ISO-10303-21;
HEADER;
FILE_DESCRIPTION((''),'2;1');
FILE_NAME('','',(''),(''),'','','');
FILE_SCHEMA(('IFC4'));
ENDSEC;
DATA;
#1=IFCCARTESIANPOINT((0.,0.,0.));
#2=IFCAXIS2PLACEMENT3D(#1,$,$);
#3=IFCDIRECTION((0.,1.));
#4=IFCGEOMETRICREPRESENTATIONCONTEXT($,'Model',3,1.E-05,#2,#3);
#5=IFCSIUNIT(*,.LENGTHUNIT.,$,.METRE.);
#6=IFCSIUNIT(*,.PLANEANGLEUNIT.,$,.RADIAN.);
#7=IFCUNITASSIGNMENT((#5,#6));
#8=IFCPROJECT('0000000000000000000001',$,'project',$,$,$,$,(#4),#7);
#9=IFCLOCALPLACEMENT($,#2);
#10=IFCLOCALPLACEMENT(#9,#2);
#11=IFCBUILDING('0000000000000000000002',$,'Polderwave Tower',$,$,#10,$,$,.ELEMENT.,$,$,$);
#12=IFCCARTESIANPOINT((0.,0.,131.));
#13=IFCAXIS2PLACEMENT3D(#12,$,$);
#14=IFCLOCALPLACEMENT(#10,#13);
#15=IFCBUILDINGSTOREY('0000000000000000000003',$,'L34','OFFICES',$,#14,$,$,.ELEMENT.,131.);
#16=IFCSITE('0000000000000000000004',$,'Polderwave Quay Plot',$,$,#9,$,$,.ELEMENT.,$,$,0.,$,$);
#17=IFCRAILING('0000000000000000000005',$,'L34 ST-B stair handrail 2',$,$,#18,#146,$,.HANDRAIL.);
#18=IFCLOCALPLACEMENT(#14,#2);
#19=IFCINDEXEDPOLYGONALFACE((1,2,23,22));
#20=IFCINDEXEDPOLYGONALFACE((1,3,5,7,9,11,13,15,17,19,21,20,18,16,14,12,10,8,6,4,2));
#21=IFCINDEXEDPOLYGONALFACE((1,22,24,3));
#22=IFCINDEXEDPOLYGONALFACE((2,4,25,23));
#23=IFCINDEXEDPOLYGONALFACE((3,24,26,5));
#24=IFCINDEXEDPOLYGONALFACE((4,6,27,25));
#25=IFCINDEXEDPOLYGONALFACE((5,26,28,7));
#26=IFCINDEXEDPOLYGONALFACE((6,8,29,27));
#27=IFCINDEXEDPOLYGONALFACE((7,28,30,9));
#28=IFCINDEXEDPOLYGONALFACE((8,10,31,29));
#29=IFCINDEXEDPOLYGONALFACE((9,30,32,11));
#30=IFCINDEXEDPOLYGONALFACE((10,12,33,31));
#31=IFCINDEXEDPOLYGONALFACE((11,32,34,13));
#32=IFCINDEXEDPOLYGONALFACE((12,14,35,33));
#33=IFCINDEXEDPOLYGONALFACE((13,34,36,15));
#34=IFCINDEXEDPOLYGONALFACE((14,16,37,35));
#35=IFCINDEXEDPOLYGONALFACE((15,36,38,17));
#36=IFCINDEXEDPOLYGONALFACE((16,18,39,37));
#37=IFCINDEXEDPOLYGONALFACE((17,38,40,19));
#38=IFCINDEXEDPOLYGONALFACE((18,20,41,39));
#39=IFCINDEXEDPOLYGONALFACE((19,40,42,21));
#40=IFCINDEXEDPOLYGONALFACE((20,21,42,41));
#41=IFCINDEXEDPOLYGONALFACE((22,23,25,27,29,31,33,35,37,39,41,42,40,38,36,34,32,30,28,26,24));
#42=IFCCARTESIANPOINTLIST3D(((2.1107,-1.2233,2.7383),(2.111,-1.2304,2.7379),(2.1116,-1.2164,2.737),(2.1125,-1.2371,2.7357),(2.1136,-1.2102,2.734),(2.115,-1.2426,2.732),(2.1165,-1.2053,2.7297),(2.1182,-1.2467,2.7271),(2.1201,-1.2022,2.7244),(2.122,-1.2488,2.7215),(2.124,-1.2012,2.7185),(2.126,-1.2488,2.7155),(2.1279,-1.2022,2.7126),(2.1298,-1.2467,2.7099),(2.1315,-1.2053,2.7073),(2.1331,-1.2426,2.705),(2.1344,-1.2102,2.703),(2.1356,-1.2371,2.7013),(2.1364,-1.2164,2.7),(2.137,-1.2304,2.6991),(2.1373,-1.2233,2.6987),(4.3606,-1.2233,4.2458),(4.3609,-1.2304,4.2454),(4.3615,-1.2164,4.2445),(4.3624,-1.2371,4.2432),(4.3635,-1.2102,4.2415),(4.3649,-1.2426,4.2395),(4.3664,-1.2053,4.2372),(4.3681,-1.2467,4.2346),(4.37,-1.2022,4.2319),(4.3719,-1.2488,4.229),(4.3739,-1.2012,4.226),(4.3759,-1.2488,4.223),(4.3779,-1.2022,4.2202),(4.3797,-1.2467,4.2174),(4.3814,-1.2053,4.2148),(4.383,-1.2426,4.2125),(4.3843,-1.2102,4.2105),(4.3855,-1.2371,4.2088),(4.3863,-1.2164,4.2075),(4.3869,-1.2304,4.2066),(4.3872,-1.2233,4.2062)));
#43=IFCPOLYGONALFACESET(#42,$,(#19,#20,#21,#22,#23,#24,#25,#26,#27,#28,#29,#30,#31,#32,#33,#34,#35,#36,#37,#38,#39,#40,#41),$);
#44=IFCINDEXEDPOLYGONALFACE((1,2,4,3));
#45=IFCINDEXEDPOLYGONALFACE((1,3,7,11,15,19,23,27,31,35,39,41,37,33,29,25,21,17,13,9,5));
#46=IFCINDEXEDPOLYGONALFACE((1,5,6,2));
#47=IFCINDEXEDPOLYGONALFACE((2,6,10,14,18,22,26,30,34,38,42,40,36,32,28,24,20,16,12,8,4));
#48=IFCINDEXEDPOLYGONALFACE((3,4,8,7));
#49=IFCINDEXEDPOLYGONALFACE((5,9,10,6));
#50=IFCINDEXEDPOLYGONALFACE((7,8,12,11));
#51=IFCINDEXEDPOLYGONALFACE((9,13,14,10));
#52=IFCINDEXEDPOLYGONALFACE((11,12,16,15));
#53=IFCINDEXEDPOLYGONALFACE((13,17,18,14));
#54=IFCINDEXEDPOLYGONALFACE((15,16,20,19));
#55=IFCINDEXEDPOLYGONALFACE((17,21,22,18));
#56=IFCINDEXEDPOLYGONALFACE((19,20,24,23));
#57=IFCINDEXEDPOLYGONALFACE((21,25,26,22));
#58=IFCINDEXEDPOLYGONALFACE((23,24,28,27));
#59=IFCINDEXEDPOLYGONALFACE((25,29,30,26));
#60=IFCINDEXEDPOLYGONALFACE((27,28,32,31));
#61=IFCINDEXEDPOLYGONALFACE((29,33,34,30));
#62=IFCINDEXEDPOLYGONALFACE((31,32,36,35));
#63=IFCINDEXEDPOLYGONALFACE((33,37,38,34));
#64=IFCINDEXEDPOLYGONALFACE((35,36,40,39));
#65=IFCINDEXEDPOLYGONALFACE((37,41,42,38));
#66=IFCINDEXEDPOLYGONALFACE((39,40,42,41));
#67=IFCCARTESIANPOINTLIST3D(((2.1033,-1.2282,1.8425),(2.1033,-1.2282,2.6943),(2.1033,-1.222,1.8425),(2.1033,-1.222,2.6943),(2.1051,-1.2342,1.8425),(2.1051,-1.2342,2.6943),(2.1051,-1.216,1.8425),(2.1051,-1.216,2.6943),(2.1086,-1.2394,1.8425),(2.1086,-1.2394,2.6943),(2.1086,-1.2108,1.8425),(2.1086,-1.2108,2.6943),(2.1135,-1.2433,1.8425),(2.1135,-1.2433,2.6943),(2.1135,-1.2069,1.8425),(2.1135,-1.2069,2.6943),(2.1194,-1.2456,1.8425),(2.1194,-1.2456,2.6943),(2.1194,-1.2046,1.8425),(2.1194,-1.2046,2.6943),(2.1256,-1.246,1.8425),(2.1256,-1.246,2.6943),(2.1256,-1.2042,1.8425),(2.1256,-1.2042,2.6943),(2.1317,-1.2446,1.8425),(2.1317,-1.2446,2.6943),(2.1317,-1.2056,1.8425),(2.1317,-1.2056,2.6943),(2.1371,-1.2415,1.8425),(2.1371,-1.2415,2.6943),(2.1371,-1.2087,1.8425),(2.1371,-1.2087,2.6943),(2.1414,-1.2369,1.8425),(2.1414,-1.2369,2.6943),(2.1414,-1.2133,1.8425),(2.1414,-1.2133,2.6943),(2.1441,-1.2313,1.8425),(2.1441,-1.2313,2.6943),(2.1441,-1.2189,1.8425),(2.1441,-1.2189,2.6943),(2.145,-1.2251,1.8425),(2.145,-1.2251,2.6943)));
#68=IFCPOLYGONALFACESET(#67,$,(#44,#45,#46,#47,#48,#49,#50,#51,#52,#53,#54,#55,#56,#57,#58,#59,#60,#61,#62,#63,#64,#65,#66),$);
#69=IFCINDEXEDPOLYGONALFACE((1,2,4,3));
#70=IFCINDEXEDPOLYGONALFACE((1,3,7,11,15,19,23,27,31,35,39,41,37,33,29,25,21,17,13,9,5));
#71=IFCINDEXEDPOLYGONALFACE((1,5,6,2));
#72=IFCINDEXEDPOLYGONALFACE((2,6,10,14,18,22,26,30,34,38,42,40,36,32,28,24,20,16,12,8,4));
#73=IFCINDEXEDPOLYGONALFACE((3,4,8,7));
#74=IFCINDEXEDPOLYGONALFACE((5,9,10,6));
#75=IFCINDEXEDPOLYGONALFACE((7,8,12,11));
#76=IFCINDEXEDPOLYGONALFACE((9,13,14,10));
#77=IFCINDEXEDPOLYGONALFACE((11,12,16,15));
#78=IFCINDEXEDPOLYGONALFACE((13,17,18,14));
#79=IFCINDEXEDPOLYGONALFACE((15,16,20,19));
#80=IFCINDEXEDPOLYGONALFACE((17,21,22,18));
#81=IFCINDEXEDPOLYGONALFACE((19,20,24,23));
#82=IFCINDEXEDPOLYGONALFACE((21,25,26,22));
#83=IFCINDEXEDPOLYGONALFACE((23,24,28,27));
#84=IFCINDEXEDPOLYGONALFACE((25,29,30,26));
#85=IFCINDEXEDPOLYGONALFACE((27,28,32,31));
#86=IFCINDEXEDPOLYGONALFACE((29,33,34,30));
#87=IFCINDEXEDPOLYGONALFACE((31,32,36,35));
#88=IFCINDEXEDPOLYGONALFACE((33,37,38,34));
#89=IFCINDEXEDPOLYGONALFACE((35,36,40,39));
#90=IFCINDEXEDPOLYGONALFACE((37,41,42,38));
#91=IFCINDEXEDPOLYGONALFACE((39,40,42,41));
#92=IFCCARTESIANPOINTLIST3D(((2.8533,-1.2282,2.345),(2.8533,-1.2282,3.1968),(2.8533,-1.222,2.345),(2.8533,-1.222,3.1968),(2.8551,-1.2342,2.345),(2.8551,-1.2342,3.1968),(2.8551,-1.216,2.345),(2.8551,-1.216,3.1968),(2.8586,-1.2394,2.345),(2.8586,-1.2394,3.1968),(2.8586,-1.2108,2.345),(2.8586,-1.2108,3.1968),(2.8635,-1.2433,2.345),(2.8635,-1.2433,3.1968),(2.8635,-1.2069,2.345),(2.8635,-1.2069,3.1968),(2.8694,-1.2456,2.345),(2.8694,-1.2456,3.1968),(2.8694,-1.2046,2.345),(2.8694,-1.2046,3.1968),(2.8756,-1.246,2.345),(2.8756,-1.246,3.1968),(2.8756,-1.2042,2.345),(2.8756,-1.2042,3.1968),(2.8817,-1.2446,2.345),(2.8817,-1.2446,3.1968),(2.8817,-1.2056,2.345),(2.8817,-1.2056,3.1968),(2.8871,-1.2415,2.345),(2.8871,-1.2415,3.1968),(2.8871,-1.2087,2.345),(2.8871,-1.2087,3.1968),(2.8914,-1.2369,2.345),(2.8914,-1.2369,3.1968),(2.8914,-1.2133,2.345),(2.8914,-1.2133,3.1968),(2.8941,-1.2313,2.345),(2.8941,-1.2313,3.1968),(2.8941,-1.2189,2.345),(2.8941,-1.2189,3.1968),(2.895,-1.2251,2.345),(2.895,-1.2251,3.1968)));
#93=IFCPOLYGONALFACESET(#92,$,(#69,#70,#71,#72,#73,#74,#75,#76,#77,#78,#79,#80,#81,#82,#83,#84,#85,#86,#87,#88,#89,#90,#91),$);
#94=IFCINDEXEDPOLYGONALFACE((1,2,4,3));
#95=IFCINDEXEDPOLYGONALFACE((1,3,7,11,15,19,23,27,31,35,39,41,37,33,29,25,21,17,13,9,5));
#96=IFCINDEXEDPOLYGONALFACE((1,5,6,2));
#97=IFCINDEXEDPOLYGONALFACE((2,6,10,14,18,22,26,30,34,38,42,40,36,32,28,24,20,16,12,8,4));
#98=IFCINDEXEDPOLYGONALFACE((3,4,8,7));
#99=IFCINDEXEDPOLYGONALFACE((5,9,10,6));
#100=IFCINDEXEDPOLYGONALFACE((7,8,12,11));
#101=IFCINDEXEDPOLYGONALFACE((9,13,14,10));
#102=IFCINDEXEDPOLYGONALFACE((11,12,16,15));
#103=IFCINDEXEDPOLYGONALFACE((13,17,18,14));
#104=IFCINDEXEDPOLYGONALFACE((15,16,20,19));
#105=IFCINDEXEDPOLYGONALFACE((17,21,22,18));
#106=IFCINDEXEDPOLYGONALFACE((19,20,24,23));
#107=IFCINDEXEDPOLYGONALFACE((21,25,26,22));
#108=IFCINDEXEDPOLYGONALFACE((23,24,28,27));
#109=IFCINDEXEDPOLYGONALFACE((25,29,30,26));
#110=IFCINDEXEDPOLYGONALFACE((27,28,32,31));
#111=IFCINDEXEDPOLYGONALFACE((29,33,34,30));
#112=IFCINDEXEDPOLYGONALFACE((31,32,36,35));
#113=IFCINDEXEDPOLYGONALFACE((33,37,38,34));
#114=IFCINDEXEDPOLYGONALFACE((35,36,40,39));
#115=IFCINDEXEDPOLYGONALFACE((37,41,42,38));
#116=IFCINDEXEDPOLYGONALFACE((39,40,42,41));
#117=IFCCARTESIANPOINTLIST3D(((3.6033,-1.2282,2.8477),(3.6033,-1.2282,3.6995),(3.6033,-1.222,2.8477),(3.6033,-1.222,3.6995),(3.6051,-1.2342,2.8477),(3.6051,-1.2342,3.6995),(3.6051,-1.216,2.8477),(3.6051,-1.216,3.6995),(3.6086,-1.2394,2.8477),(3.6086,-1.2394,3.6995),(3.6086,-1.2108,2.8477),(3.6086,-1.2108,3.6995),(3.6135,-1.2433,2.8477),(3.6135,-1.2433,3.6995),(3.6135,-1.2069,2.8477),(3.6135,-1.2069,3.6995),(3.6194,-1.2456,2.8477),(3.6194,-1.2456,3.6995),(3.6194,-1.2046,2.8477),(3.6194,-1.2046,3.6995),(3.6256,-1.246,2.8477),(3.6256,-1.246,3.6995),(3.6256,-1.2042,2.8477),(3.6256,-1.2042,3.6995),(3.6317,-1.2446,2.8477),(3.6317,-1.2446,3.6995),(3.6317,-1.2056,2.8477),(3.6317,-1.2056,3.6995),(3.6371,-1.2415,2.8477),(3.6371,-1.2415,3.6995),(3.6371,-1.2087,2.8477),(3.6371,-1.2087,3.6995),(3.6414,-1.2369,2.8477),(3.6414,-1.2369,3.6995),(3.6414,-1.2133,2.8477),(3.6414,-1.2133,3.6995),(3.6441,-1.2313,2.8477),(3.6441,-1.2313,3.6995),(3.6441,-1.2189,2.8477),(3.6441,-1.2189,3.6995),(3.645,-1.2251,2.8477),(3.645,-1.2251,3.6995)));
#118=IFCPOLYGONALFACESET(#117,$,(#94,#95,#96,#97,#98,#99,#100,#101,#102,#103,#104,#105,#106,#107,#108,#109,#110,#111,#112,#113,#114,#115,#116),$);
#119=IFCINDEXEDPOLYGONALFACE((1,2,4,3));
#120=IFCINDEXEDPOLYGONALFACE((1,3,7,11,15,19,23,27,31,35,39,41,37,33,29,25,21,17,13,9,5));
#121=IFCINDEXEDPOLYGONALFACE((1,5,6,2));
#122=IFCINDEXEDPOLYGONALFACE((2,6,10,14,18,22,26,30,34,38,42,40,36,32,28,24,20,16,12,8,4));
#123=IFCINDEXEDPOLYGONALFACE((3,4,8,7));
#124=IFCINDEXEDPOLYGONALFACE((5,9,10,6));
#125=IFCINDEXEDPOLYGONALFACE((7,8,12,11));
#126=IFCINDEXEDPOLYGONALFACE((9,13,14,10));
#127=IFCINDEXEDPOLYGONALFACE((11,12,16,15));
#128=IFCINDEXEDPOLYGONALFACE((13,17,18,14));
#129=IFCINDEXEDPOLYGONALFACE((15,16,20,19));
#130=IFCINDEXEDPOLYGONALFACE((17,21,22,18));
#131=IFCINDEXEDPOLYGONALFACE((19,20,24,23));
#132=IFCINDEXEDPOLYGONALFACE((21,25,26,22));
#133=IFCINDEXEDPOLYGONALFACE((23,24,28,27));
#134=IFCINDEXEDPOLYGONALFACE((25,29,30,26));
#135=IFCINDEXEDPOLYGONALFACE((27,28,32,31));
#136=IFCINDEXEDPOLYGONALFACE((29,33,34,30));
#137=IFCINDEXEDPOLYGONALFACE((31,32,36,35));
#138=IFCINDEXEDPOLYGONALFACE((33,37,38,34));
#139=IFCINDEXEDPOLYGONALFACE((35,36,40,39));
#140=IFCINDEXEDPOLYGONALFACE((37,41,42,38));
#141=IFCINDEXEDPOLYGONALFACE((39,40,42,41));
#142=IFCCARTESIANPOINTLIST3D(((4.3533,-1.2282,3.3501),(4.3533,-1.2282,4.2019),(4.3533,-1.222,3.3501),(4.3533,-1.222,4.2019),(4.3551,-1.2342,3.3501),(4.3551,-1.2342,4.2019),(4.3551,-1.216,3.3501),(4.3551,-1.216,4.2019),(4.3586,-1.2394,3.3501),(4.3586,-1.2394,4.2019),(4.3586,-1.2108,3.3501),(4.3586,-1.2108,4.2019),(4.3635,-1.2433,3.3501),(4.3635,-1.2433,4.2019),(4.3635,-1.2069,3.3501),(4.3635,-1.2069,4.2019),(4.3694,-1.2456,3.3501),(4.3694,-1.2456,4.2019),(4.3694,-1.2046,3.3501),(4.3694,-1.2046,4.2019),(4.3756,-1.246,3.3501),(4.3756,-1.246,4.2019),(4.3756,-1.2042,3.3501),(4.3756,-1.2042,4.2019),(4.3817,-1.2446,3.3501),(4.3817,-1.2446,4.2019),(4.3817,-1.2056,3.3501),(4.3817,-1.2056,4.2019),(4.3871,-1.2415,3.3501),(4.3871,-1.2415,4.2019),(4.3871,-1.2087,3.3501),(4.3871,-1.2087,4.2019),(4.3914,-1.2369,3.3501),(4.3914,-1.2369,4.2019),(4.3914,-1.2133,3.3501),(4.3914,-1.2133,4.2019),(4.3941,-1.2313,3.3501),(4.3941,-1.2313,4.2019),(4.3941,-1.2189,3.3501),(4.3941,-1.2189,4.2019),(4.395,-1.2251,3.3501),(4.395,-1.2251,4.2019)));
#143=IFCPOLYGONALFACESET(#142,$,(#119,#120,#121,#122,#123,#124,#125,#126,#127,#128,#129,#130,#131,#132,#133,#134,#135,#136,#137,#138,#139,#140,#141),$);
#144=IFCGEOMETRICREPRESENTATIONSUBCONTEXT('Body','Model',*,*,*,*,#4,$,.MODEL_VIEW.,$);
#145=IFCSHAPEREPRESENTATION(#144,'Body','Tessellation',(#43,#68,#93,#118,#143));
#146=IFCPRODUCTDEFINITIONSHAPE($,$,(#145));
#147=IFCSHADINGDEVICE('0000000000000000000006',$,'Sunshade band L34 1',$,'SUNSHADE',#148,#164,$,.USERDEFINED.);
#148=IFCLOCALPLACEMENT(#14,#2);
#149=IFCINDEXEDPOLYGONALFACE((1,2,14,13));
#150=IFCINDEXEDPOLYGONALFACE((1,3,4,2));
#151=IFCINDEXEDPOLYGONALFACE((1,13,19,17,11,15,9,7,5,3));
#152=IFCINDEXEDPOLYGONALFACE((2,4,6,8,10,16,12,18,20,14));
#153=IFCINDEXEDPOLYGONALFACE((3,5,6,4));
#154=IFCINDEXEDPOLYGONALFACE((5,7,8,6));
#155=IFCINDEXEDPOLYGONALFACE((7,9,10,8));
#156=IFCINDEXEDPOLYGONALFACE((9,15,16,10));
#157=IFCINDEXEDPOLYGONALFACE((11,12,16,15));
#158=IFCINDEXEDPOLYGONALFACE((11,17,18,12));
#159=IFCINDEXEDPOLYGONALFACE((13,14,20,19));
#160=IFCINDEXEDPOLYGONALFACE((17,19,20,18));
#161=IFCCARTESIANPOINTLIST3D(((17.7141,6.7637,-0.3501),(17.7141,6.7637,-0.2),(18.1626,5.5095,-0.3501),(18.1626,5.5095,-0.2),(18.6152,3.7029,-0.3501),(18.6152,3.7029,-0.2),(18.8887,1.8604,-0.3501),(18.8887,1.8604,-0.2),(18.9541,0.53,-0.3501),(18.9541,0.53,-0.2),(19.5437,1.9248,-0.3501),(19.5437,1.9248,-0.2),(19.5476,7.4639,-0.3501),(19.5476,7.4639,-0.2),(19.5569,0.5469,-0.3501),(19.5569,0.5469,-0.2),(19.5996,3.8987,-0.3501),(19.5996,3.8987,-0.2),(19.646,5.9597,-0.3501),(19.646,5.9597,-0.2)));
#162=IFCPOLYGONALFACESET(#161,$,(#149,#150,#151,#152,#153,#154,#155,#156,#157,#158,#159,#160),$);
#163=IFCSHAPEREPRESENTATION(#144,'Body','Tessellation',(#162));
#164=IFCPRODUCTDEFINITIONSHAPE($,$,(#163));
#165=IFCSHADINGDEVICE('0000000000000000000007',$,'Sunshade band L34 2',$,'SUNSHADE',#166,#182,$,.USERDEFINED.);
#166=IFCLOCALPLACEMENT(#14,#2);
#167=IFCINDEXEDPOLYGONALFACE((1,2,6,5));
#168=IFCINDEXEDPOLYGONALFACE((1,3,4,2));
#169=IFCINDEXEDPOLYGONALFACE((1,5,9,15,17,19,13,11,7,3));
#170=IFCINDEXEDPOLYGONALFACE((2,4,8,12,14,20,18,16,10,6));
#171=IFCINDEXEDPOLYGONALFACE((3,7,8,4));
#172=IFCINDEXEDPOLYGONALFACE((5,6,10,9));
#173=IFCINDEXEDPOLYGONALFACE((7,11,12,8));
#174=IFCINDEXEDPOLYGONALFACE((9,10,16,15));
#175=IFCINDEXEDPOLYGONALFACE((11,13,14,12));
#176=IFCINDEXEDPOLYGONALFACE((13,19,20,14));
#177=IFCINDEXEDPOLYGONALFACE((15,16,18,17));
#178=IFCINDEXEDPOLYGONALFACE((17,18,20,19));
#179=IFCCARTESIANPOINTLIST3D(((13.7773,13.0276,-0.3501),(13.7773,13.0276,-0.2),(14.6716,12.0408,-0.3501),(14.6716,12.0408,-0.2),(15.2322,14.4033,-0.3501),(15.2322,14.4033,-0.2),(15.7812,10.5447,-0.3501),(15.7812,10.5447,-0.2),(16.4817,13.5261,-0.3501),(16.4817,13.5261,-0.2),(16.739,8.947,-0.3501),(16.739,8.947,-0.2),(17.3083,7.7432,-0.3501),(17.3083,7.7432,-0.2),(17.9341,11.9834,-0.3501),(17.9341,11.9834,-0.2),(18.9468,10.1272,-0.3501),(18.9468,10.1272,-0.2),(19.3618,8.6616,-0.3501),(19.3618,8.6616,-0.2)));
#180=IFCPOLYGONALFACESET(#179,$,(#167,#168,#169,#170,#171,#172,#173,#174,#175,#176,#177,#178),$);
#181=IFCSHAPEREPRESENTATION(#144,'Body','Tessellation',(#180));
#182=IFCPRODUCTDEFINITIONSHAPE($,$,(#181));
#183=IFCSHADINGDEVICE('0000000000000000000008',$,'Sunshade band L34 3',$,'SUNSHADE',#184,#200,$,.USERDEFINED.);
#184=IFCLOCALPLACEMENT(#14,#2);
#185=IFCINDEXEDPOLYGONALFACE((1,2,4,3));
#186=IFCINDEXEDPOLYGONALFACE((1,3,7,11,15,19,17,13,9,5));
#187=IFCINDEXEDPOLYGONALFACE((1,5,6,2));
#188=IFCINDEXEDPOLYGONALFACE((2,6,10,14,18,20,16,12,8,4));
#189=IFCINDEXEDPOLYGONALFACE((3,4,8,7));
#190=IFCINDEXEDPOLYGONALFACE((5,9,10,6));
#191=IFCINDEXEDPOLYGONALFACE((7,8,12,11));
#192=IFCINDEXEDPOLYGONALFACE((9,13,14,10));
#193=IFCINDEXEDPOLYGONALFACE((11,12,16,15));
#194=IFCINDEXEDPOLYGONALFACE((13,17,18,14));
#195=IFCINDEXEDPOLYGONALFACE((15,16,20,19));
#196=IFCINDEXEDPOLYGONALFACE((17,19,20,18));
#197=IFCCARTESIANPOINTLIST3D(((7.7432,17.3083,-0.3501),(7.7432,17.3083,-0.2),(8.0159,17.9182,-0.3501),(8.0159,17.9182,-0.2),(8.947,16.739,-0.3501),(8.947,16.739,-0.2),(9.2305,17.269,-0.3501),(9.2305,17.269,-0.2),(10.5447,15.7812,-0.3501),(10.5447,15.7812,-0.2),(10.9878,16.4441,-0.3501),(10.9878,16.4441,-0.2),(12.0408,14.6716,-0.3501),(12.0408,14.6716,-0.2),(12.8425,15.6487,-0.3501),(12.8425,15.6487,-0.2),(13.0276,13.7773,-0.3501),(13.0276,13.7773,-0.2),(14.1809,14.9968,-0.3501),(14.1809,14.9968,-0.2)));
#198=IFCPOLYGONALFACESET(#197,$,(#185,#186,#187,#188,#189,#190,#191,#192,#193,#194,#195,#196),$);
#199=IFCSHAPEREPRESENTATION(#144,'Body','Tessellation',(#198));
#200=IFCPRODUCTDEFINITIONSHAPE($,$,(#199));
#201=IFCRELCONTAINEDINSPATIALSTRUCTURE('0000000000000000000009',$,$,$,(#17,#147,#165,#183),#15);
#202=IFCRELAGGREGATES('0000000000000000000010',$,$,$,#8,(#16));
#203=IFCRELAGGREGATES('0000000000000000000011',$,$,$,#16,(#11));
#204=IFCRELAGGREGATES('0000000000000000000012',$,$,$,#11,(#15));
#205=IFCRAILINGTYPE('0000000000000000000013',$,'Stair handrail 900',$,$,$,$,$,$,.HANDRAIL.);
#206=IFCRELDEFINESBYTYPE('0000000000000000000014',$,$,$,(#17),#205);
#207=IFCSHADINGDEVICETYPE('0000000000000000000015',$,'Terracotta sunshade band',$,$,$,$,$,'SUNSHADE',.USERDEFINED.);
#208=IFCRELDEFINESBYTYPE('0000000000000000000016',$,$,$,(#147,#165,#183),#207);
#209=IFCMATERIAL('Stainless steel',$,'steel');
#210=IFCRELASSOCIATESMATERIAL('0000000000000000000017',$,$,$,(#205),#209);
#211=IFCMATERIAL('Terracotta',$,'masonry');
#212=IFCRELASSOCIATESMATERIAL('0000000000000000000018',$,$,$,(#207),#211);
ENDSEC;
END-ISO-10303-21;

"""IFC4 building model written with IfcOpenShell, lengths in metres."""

from ifc_helpers import new_model, si_unit, direction, frame, origin, origin_2d, place, context, subcontext, project, spatial, polyline, circle, outline, extrude, material, type_object, element, save


model = new_model("IFC4")

# Units and contexts
model_context = context("Model", 3, precision=1e-05, world=origin(), true_north=direction((0.0, 1.0)))
body_context = subcontext(model_context, "Body", "Model", "MODEL_VIEW")
ifc_project = project(units=[si_unit("LENGTHUNIT", "METRE"), si_unit("PLANEANGLEUNIT", "RADIAN")], contexts=[model_context])

# Site, building, storey
site_placement = place(None, origin())
site = spatial("IfcSite", under=ifc_project, at=site_placement, Name="Polderwave Quay Plot", CompositionType="ELEMENT", RefElevation=0.0)
building_placement = place(site_placement, origin())
building = spatial("IfcBuilding", under=site, at=building_placement, Name="Polderwave Tower", CompositionType="ELEMENT")
storey_placement = place(building_placement, frame((0.0, 0.0, 131.0)))
storey = spatial("IfcBuildingStorey", under=building, at=storey_placement, Name="L34", Description="OFFICES", CompositionType="ELEMENT", Elevation=131.0)

# Railing
ifc_material_1 = material(Name="Stainless steel", Category="steel")
railing_type_1 = type_object("IfcRailingType", Name="Stair handrail 900", PredefinedType="HANDRAIL", material=ifc_material_1)
railing_1_placement = place(storey_placement, frame((2.124, -1.2251, 1.8425)))
element("IfcRailing", 1, at=railing_1_placement, inside=storey, type_object=railing_type_1, Name="L34 ST-B stair handrail 2", PredefinedType="HANDRAIL", context=body_context, shape_type="SweptSolid", body=[
    extrude(circle(Radius=0.0239, at=origin_2d()), frame((0.0, 0.0, 0.876), z_axis=(0.830758, 0.0, 0.556633), x_axis=(0.0, 1.0, 0.0)), (0.0, 0.0, 1.0), 2.7083),
    extrude(circle(Radius=0.021, at=origin_2d()), origin(), (0.0, 0.0, 1.0), 0.8518),
    extrude(circle(Radius=0.021, at=origin_2d()), frame((0.75, 0.0, 0.5024)), (0.0, 0.0, 1.0), 0.8518),
    extrude(circle(Radius=0.021, at=origin_2d()), frame((1.5, 0.0, 1.0051)), (0.0, 0.0, 1.0), 0.8518),
    extrude(circle(Radius=0.021, at=origin_2d()), frame((2.25, 0.0, 1.5076)), (0.0, 0.0, 1.0), 0.8518),
])

# Shading devices
ifc_material_2 = material(Name="Terracotta", Category="masonry")
shading_device_type = type_object("IfcShadingDeviceType", Name="Terracotta sunshade band", ElementType="SUNSHADE", PredefinedType="USERDEFINED", material=ifc_material_2)
shading_device_1_placement = place(storey_placement, frame((0.0, 0.0, -0.3501)))
element("IfcShadingDevice", 2, at=shading_device_1_placement, inside=storey, type_object=shading_device_type, Name="Sunshade band L34 1", ObjectType="SUNSHADE", PredefinedType="USERDEFINED", context=body_context, shape_type="SweptSolid", body=[
    extrude(outline(polyline([(18.9541, 0.53), (18.8887, 1.8604), (18.6152, 3.7029), (18.1626, 5.5095), (17.7141, 6.7637), (19.5476, 7.4639), (19.646, 5.9597), (19.5996, 3.8987), (19.5437, 1.9248), (19.5569, 0.5469), (18.9541, 0.53)])), origin(), (0.0, 0.0, 1.0), 0.1501),
])
shading_device_2_placement = place(storey_placement, frame((0.0, 0.0, -0.3501)))
element("IfcShadingDevice", 3, at=shading_device_2_placement, inside=storey, type_object=shading_device_type, Name="Sunshade band L34 2", ObjectType="SUNSHADE", PredefinedType="USERDEFINED", context=body_context, shape_type="SweptSolid", body=[
    extrude(outline(polyline([(17.3083, 7.7432), (16.739, 8.947), (15.7812, 10.5447), (14.6716, 12.0408), (13.7773, 13.0276), (15.2322, 14.4033), (16.4817, 13.5261), (17.9341, 11.9834), (18.9468, 10.1272), (19.3618, 8.6616), (17.3083, 7.7432)])), origin(), (0.0, 0.0, 1.0), 0.1501),
])
shading_device_3_placement = place(storey_placement, frame((0.0, 0.0, -0.3501)))
element("IfcShadingDevice", 4, at=shading_device_3_placement, inside=storey, type_object=shading_device_type, Name="Sunshade band L34 3", ObjectType="SUNSHADE", PredefinedType="USERDEFINED", context=body_context, shape_type="SweptSolid", body=[
    extrude(outline(polyline([(13.0276, 13.7773), (12.0408, 14.6716), (10.5447, 15.7812), (8.947, 16.739), (7.7432, 17.3083), (8.0159, 17.9182), (9.2305, 17.269), (10.9878, 16.4441), (12.8425, 15.6487), (14.1809, 14.9968), (13.0276, 13.7773)])), origin(), (0.0, 0.0, 1.0), 0.1501),
])

save(model, "model.ifc")
